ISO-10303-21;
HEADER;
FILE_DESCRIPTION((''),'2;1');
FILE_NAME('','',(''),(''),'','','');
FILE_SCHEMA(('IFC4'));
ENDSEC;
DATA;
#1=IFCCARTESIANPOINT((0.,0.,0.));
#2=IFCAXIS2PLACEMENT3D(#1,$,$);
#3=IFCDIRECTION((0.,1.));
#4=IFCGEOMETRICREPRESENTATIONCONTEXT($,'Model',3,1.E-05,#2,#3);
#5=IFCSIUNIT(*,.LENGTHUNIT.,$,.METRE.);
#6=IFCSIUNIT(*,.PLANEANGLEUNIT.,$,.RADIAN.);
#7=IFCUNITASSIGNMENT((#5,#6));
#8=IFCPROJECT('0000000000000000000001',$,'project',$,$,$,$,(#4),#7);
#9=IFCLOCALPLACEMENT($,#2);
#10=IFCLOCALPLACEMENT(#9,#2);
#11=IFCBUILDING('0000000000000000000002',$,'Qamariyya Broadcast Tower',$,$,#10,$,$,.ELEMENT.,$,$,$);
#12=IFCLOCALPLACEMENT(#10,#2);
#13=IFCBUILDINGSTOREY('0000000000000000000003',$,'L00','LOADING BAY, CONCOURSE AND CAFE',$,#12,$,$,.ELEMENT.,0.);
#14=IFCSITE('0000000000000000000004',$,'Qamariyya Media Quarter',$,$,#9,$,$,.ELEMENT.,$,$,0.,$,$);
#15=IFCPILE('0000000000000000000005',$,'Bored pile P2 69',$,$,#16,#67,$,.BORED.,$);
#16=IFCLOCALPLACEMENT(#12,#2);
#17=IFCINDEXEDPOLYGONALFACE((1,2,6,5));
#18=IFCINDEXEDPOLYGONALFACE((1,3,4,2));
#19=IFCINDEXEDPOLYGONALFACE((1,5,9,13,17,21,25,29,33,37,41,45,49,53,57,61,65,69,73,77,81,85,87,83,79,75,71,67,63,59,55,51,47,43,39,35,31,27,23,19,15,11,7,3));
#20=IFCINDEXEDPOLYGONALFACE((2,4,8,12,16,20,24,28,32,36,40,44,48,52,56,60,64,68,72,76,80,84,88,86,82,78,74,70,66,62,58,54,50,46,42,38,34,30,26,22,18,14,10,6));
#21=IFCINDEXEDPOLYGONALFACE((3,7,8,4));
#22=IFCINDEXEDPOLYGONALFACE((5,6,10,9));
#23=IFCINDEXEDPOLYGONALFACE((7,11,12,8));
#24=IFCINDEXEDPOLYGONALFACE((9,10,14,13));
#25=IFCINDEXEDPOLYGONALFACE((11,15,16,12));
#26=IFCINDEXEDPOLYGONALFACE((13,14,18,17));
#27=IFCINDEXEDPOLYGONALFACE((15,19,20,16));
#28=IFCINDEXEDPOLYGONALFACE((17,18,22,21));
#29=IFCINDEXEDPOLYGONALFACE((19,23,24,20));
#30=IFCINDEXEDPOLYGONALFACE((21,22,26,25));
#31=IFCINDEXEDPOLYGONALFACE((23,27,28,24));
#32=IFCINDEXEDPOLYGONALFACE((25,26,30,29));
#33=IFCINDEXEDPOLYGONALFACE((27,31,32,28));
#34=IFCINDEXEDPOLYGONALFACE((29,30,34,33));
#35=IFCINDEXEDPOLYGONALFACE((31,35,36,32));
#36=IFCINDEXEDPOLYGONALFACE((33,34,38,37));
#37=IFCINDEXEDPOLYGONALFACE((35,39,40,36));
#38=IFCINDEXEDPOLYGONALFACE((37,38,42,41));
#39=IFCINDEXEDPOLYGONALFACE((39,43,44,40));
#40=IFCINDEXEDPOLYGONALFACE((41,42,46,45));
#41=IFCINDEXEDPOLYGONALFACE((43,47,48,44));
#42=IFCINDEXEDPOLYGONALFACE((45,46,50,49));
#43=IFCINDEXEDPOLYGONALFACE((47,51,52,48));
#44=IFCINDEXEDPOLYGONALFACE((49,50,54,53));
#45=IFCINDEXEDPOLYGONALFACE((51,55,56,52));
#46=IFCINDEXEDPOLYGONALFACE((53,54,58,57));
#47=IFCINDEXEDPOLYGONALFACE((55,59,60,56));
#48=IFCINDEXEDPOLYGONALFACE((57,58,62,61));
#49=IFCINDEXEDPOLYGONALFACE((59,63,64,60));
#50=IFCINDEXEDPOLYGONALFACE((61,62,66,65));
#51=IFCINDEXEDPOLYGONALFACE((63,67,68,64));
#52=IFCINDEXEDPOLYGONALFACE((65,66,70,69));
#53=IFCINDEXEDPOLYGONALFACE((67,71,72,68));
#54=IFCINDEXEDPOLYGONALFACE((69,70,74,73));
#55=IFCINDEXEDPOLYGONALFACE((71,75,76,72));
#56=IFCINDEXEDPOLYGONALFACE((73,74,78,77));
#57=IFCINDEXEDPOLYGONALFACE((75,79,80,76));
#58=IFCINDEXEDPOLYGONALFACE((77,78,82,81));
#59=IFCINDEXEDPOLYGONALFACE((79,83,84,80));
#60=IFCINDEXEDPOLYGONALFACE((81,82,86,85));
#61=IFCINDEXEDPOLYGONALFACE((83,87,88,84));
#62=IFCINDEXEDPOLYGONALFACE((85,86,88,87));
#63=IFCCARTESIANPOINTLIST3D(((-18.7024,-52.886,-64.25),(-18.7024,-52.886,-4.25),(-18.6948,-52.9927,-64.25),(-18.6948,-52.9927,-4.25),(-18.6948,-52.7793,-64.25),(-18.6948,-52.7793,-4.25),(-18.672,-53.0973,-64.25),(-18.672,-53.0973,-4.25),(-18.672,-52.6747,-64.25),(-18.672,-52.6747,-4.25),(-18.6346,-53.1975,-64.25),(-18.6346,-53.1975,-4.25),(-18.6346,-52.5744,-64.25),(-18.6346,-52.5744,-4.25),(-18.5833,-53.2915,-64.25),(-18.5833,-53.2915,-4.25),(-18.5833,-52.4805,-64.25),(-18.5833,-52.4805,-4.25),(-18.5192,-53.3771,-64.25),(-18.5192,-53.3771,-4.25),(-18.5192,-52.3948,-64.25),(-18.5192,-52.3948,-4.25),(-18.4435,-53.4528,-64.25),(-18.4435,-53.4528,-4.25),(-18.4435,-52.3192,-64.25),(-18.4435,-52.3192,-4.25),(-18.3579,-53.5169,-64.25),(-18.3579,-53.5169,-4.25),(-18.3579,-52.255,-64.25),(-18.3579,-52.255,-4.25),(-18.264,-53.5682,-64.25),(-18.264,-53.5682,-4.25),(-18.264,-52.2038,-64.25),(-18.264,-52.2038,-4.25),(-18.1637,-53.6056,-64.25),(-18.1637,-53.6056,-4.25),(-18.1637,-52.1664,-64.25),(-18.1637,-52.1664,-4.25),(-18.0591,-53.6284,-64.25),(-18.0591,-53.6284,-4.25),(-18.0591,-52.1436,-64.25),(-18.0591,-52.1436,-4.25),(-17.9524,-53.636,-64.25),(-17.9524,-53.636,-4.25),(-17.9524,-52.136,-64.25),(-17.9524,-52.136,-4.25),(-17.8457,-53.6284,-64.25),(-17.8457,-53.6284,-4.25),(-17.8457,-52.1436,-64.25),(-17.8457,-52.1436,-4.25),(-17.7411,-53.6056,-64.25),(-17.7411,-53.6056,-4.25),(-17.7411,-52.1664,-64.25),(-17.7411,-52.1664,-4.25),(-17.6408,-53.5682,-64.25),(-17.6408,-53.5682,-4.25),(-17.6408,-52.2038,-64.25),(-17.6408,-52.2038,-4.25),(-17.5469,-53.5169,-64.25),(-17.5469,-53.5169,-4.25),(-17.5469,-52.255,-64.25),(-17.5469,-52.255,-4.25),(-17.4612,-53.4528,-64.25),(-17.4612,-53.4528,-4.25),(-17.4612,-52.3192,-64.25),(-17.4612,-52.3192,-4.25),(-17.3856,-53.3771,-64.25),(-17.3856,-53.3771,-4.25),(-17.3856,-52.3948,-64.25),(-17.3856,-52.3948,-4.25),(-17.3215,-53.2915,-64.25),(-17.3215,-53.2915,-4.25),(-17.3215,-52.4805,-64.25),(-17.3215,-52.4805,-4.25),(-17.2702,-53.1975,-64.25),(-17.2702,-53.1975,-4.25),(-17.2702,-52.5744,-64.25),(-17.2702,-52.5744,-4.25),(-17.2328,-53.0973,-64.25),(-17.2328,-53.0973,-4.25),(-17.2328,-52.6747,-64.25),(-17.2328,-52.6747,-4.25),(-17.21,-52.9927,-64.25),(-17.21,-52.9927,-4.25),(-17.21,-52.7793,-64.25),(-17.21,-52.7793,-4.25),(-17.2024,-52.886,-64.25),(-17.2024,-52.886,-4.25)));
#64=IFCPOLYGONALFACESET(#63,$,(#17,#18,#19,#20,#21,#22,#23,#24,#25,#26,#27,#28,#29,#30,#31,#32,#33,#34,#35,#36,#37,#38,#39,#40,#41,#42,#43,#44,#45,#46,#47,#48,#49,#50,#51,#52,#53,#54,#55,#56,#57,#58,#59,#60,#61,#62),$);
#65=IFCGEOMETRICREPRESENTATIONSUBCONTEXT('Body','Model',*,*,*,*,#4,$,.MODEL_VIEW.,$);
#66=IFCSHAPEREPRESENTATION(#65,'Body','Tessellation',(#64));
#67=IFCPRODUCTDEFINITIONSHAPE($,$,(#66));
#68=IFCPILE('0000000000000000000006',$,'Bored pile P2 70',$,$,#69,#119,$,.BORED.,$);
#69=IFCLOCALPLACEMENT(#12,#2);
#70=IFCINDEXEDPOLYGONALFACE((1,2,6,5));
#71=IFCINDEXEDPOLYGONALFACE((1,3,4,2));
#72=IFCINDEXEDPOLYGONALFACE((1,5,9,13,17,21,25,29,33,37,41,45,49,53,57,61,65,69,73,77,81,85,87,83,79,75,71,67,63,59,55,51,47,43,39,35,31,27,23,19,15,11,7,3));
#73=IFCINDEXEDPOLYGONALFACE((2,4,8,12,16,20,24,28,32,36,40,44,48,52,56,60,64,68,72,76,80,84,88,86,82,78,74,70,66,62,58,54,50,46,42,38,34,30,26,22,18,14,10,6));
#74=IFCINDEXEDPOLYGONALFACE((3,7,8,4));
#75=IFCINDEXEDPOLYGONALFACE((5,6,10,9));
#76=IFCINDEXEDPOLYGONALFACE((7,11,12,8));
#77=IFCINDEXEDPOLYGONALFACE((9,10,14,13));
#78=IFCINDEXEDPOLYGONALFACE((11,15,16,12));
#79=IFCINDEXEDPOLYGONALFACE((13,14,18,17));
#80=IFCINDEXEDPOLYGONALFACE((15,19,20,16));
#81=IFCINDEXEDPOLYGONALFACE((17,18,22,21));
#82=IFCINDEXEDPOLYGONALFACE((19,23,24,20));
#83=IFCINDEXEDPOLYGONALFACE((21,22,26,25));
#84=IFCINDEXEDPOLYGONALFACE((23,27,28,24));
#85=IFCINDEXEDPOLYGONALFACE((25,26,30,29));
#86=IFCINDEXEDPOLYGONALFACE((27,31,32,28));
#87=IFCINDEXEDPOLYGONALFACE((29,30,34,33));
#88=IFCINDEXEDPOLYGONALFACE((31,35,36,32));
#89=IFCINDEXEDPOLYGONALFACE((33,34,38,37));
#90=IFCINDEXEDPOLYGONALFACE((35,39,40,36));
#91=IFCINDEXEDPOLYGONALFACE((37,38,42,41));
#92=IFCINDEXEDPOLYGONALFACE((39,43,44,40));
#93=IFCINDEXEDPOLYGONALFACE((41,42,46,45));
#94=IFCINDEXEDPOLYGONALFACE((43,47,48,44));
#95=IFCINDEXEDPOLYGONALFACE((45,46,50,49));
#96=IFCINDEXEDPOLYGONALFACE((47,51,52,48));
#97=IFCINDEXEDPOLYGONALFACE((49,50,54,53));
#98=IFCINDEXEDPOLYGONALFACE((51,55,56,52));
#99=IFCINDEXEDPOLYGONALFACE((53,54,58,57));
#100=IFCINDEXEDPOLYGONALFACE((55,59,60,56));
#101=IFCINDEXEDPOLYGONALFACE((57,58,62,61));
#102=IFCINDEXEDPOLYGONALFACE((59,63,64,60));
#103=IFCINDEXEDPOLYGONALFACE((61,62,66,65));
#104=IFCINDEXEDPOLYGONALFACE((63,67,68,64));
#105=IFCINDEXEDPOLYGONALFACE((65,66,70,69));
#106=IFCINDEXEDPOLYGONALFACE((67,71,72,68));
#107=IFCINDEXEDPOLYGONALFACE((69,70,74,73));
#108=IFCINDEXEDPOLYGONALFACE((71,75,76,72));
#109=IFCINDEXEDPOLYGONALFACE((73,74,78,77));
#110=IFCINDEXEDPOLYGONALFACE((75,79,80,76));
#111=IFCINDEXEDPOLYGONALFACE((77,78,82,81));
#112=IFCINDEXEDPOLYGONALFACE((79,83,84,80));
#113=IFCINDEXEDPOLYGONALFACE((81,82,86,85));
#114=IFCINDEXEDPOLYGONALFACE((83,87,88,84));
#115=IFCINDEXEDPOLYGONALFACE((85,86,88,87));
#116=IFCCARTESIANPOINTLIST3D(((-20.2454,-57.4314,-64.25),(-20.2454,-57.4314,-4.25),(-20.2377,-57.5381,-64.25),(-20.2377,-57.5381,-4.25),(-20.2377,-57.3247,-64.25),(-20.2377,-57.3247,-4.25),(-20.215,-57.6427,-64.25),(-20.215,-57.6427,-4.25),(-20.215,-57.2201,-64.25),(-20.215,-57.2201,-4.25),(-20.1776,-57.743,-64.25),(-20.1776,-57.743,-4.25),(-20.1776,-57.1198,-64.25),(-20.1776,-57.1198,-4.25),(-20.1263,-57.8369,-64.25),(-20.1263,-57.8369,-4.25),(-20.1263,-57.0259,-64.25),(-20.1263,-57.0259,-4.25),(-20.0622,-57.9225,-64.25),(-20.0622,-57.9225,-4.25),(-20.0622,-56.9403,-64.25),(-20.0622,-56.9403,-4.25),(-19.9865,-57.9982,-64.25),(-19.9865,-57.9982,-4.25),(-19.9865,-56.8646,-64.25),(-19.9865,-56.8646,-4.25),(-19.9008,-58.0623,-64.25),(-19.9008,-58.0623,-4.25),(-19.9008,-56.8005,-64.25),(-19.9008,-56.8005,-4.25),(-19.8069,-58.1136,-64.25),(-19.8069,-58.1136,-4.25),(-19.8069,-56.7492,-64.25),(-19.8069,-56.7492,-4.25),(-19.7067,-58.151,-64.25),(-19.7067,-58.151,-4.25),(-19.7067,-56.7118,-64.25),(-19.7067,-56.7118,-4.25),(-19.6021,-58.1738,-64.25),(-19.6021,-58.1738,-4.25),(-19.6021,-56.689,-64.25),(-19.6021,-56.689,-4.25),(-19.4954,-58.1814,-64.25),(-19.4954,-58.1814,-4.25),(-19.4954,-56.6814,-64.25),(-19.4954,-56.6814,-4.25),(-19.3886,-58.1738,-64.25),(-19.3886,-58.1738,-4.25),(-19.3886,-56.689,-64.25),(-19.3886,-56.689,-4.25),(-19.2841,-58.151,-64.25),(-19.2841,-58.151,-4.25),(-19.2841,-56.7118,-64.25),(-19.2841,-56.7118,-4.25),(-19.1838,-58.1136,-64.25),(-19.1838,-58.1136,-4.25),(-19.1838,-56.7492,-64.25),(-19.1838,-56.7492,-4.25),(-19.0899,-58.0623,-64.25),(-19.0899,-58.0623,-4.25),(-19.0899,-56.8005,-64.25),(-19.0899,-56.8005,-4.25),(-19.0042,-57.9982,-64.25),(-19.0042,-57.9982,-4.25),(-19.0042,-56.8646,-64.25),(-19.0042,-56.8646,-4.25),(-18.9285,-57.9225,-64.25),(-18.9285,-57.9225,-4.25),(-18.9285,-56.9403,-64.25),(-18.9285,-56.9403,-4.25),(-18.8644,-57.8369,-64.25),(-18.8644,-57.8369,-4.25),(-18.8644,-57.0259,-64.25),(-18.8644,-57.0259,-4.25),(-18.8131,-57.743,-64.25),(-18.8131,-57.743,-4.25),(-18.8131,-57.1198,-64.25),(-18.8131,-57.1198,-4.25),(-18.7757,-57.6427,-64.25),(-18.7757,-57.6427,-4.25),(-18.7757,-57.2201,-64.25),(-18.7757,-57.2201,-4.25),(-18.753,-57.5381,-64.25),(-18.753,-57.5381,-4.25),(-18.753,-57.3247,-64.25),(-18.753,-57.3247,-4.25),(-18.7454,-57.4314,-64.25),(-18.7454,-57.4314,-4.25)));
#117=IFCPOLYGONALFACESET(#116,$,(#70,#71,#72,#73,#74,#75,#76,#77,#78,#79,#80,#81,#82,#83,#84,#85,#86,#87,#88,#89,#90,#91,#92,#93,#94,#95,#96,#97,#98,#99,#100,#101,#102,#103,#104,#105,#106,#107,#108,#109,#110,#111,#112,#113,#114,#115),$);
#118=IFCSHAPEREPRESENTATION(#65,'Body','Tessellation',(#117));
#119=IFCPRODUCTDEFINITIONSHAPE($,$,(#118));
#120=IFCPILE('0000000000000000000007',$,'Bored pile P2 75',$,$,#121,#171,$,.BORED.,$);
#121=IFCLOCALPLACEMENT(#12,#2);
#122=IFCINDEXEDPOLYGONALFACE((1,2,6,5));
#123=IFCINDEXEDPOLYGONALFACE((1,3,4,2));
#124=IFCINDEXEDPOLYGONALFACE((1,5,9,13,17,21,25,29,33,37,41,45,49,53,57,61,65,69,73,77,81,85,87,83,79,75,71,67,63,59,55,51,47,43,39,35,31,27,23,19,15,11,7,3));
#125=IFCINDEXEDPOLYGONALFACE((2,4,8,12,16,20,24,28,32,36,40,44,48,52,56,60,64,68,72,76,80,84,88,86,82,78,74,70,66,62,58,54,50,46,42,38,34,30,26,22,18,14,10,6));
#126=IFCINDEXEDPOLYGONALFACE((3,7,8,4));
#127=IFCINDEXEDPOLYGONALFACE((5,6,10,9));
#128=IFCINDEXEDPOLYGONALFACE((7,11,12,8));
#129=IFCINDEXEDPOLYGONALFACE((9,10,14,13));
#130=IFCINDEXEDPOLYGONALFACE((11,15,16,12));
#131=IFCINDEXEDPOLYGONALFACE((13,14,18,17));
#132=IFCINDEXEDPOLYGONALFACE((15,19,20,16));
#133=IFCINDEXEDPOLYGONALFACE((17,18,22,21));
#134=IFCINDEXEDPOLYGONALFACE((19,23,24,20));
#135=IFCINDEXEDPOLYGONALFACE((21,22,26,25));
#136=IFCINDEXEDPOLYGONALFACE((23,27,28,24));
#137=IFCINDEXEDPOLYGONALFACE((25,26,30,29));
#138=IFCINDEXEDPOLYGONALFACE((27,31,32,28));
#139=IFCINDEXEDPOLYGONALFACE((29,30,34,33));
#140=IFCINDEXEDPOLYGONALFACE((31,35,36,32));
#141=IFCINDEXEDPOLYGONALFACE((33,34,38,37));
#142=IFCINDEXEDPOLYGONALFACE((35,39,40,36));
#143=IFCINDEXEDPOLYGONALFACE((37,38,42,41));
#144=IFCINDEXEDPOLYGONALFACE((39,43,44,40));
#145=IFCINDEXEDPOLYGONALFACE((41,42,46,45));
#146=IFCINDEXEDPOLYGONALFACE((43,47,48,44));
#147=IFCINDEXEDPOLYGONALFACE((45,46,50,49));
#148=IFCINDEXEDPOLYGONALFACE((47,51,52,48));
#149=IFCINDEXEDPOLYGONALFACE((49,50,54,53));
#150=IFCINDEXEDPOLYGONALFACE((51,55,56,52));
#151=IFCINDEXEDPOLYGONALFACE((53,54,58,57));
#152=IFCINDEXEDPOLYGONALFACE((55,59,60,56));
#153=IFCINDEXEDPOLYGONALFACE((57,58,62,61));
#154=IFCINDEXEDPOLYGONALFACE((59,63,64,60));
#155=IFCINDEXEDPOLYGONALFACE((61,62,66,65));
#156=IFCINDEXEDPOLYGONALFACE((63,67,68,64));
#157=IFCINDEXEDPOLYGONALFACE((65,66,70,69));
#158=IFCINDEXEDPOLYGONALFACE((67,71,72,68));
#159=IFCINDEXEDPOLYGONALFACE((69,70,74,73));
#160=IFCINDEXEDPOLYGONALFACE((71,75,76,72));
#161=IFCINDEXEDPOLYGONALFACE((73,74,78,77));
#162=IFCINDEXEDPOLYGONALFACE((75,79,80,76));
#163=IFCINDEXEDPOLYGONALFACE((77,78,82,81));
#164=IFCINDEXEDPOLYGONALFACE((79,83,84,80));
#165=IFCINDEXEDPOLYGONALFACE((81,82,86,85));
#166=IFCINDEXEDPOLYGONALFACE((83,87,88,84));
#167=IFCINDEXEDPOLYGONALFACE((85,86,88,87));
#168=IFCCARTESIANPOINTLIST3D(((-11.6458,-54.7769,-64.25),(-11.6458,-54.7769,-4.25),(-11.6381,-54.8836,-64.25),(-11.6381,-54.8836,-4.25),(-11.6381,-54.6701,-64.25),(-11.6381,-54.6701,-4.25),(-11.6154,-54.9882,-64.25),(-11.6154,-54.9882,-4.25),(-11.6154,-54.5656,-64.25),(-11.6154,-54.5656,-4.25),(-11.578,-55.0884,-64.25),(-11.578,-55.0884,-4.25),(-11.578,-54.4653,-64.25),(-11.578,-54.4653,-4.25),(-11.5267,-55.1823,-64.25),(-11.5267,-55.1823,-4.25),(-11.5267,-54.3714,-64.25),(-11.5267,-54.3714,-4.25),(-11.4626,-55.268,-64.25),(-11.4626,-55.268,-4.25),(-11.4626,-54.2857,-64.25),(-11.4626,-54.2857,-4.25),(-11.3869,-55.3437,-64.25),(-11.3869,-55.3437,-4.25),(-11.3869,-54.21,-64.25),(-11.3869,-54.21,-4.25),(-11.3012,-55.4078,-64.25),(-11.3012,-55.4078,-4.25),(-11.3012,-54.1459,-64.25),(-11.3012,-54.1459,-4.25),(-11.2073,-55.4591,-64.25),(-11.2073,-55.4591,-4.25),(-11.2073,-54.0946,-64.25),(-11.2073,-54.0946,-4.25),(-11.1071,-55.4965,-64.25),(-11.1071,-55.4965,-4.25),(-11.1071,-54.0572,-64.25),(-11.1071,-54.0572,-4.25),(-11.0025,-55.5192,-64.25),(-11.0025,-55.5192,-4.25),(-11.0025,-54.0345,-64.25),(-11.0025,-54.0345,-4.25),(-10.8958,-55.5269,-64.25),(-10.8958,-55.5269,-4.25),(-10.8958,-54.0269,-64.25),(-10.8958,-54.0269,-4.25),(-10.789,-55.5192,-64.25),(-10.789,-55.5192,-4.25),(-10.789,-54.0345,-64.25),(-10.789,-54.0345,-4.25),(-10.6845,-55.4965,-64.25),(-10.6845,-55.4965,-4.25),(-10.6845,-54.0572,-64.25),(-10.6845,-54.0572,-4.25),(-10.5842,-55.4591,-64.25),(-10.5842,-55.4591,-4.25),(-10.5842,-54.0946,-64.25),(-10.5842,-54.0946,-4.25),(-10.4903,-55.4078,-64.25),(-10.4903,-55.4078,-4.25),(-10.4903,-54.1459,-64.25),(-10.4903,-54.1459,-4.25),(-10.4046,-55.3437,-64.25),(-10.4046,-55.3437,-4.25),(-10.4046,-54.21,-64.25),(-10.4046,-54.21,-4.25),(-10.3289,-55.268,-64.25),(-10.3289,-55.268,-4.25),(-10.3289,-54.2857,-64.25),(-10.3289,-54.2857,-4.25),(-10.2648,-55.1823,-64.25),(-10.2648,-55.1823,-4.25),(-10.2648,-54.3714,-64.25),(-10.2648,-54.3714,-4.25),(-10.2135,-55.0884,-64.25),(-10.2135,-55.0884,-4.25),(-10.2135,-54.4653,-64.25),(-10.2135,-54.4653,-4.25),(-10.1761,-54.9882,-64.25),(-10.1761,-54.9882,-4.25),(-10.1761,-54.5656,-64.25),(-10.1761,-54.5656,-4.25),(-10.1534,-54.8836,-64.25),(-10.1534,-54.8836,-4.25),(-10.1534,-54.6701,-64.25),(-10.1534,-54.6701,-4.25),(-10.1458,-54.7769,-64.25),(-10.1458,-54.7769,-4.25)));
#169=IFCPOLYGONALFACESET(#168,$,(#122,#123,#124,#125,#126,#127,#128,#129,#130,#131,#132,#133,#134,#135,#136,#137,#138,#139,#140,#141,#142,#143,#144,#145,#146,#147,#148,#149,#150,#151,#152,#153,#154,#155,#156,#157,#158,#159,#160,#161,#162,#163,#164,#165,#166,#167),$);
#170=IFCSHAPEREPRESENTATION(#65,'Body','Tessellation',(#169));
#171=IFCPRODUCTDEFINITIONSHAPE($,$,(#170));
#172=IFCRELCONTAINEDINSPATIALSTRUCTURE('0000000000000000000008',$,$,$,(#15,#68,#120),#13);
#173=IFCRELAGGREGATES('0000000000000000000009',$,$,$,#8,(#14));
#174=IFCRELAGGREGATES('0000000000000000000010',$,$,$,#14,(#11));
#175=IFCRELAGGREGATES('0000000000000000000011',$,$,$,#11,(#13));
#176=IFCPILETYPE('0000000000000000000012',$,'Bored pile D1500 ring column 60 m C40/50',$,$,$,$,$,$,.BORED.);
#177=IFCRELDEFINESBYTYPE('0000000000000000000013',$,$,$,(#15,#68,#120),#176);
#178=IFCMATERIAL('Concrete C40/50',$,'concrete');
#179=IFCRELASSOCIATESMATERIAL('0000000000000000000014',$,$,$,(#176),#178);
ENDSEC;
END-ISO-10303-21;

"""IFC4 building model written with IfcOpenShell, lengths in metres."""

from ifc_helpers import new_model, si_unit, direction, frame, origin, origin_2d, place, context, subcontext, project, spatial, circle, extrude, material, material_profile, profile_set, type_object, element, save


model = new_model("IFC4")

# Units and contexts
model_context = context("Model", 3, precision=1e-05, world=origin(), true_north=direction((0.0, 1.0)))
body_context = subcontext(model_context, "Body", "Model", "MODEL_VIEW")
ifc_project = project(units=[si_unit("LENGTHUNIT", "METRE"), si_unit("PLANEANGLEUNIT", "RADIAN")], contexts=[model_context])

# Site, building, storey
site_placement = place(None, origin())
site = spatial("IfcSite", under=ifc_project, at=site_placement, Name="Qamariyya Media Quarter", CompositionType="ELEMENT", RefElevation=0.0)
building_placement = place(site_placement, origin())
building = spatial("IfcBuilding", under=site, at=building_placement, Name="Qamariyya Broadcast Tower", CompositionType="ELEMENT")
storey_placement = place(building_placement, origin())
storey = spatial("IfcBuildingStorey", under=building, at=storey_placement, Name="L00", Description="LOADING BAY, CONCOURSE AND CAFE", CompositionType="ELEMENT", Elevation=0.0)

# Piles
ifc_material_1 = material(Name="Concrete C40/50", Category="concrete")
ifc_material_profile_1 = material_profile(ifc_material_1, circle(Radius=0.75, at=origin_2d()))
ifc_profile_set_1 = profile_set([ifc_material_profile_1], Name="Concrete C40/50")
pile_type_1 = type_object("IfcPileType", Name="Bored pile D1500 ring column 60 m C40/50", PredefinedType="BORED", material=ifc_profile_set_1)
for number, where, z_axis, x_axis, name in (
    (1, (-17.9524, -52.886, -4.25), (0.0, 0.0, -1.0), (1.0, 0.0, 0.0), "Bored pile P2 69"),
    (2, (-19.4954, -57.4314, -4.25), (0.0, 0.0, -1.0), (1.0, 0.0, 0.0), "Bored pile P2 70"),
    (3, (-10.8958, -54.7769, -4.25), (0.0, 0.0, -1.0), (1.0, 0.0, 0.0), "Bored pile P2 75"),
):
    element("IfcPile", number, at=place(storey_placement, frame(where, z_axis=z_axis, x_axis=x_axis)), inside=storey, type_object=pile_type_1, Name=name, PredefinedType="BORED", context=body_context, shape_type="SweptSolid", body=[
        extrude(circle(Radius=0.75, at=origin_2d()), origin(), (0.0, 0.0, 1.0), 60.0),
    ])

save(model, "model.ifc")
